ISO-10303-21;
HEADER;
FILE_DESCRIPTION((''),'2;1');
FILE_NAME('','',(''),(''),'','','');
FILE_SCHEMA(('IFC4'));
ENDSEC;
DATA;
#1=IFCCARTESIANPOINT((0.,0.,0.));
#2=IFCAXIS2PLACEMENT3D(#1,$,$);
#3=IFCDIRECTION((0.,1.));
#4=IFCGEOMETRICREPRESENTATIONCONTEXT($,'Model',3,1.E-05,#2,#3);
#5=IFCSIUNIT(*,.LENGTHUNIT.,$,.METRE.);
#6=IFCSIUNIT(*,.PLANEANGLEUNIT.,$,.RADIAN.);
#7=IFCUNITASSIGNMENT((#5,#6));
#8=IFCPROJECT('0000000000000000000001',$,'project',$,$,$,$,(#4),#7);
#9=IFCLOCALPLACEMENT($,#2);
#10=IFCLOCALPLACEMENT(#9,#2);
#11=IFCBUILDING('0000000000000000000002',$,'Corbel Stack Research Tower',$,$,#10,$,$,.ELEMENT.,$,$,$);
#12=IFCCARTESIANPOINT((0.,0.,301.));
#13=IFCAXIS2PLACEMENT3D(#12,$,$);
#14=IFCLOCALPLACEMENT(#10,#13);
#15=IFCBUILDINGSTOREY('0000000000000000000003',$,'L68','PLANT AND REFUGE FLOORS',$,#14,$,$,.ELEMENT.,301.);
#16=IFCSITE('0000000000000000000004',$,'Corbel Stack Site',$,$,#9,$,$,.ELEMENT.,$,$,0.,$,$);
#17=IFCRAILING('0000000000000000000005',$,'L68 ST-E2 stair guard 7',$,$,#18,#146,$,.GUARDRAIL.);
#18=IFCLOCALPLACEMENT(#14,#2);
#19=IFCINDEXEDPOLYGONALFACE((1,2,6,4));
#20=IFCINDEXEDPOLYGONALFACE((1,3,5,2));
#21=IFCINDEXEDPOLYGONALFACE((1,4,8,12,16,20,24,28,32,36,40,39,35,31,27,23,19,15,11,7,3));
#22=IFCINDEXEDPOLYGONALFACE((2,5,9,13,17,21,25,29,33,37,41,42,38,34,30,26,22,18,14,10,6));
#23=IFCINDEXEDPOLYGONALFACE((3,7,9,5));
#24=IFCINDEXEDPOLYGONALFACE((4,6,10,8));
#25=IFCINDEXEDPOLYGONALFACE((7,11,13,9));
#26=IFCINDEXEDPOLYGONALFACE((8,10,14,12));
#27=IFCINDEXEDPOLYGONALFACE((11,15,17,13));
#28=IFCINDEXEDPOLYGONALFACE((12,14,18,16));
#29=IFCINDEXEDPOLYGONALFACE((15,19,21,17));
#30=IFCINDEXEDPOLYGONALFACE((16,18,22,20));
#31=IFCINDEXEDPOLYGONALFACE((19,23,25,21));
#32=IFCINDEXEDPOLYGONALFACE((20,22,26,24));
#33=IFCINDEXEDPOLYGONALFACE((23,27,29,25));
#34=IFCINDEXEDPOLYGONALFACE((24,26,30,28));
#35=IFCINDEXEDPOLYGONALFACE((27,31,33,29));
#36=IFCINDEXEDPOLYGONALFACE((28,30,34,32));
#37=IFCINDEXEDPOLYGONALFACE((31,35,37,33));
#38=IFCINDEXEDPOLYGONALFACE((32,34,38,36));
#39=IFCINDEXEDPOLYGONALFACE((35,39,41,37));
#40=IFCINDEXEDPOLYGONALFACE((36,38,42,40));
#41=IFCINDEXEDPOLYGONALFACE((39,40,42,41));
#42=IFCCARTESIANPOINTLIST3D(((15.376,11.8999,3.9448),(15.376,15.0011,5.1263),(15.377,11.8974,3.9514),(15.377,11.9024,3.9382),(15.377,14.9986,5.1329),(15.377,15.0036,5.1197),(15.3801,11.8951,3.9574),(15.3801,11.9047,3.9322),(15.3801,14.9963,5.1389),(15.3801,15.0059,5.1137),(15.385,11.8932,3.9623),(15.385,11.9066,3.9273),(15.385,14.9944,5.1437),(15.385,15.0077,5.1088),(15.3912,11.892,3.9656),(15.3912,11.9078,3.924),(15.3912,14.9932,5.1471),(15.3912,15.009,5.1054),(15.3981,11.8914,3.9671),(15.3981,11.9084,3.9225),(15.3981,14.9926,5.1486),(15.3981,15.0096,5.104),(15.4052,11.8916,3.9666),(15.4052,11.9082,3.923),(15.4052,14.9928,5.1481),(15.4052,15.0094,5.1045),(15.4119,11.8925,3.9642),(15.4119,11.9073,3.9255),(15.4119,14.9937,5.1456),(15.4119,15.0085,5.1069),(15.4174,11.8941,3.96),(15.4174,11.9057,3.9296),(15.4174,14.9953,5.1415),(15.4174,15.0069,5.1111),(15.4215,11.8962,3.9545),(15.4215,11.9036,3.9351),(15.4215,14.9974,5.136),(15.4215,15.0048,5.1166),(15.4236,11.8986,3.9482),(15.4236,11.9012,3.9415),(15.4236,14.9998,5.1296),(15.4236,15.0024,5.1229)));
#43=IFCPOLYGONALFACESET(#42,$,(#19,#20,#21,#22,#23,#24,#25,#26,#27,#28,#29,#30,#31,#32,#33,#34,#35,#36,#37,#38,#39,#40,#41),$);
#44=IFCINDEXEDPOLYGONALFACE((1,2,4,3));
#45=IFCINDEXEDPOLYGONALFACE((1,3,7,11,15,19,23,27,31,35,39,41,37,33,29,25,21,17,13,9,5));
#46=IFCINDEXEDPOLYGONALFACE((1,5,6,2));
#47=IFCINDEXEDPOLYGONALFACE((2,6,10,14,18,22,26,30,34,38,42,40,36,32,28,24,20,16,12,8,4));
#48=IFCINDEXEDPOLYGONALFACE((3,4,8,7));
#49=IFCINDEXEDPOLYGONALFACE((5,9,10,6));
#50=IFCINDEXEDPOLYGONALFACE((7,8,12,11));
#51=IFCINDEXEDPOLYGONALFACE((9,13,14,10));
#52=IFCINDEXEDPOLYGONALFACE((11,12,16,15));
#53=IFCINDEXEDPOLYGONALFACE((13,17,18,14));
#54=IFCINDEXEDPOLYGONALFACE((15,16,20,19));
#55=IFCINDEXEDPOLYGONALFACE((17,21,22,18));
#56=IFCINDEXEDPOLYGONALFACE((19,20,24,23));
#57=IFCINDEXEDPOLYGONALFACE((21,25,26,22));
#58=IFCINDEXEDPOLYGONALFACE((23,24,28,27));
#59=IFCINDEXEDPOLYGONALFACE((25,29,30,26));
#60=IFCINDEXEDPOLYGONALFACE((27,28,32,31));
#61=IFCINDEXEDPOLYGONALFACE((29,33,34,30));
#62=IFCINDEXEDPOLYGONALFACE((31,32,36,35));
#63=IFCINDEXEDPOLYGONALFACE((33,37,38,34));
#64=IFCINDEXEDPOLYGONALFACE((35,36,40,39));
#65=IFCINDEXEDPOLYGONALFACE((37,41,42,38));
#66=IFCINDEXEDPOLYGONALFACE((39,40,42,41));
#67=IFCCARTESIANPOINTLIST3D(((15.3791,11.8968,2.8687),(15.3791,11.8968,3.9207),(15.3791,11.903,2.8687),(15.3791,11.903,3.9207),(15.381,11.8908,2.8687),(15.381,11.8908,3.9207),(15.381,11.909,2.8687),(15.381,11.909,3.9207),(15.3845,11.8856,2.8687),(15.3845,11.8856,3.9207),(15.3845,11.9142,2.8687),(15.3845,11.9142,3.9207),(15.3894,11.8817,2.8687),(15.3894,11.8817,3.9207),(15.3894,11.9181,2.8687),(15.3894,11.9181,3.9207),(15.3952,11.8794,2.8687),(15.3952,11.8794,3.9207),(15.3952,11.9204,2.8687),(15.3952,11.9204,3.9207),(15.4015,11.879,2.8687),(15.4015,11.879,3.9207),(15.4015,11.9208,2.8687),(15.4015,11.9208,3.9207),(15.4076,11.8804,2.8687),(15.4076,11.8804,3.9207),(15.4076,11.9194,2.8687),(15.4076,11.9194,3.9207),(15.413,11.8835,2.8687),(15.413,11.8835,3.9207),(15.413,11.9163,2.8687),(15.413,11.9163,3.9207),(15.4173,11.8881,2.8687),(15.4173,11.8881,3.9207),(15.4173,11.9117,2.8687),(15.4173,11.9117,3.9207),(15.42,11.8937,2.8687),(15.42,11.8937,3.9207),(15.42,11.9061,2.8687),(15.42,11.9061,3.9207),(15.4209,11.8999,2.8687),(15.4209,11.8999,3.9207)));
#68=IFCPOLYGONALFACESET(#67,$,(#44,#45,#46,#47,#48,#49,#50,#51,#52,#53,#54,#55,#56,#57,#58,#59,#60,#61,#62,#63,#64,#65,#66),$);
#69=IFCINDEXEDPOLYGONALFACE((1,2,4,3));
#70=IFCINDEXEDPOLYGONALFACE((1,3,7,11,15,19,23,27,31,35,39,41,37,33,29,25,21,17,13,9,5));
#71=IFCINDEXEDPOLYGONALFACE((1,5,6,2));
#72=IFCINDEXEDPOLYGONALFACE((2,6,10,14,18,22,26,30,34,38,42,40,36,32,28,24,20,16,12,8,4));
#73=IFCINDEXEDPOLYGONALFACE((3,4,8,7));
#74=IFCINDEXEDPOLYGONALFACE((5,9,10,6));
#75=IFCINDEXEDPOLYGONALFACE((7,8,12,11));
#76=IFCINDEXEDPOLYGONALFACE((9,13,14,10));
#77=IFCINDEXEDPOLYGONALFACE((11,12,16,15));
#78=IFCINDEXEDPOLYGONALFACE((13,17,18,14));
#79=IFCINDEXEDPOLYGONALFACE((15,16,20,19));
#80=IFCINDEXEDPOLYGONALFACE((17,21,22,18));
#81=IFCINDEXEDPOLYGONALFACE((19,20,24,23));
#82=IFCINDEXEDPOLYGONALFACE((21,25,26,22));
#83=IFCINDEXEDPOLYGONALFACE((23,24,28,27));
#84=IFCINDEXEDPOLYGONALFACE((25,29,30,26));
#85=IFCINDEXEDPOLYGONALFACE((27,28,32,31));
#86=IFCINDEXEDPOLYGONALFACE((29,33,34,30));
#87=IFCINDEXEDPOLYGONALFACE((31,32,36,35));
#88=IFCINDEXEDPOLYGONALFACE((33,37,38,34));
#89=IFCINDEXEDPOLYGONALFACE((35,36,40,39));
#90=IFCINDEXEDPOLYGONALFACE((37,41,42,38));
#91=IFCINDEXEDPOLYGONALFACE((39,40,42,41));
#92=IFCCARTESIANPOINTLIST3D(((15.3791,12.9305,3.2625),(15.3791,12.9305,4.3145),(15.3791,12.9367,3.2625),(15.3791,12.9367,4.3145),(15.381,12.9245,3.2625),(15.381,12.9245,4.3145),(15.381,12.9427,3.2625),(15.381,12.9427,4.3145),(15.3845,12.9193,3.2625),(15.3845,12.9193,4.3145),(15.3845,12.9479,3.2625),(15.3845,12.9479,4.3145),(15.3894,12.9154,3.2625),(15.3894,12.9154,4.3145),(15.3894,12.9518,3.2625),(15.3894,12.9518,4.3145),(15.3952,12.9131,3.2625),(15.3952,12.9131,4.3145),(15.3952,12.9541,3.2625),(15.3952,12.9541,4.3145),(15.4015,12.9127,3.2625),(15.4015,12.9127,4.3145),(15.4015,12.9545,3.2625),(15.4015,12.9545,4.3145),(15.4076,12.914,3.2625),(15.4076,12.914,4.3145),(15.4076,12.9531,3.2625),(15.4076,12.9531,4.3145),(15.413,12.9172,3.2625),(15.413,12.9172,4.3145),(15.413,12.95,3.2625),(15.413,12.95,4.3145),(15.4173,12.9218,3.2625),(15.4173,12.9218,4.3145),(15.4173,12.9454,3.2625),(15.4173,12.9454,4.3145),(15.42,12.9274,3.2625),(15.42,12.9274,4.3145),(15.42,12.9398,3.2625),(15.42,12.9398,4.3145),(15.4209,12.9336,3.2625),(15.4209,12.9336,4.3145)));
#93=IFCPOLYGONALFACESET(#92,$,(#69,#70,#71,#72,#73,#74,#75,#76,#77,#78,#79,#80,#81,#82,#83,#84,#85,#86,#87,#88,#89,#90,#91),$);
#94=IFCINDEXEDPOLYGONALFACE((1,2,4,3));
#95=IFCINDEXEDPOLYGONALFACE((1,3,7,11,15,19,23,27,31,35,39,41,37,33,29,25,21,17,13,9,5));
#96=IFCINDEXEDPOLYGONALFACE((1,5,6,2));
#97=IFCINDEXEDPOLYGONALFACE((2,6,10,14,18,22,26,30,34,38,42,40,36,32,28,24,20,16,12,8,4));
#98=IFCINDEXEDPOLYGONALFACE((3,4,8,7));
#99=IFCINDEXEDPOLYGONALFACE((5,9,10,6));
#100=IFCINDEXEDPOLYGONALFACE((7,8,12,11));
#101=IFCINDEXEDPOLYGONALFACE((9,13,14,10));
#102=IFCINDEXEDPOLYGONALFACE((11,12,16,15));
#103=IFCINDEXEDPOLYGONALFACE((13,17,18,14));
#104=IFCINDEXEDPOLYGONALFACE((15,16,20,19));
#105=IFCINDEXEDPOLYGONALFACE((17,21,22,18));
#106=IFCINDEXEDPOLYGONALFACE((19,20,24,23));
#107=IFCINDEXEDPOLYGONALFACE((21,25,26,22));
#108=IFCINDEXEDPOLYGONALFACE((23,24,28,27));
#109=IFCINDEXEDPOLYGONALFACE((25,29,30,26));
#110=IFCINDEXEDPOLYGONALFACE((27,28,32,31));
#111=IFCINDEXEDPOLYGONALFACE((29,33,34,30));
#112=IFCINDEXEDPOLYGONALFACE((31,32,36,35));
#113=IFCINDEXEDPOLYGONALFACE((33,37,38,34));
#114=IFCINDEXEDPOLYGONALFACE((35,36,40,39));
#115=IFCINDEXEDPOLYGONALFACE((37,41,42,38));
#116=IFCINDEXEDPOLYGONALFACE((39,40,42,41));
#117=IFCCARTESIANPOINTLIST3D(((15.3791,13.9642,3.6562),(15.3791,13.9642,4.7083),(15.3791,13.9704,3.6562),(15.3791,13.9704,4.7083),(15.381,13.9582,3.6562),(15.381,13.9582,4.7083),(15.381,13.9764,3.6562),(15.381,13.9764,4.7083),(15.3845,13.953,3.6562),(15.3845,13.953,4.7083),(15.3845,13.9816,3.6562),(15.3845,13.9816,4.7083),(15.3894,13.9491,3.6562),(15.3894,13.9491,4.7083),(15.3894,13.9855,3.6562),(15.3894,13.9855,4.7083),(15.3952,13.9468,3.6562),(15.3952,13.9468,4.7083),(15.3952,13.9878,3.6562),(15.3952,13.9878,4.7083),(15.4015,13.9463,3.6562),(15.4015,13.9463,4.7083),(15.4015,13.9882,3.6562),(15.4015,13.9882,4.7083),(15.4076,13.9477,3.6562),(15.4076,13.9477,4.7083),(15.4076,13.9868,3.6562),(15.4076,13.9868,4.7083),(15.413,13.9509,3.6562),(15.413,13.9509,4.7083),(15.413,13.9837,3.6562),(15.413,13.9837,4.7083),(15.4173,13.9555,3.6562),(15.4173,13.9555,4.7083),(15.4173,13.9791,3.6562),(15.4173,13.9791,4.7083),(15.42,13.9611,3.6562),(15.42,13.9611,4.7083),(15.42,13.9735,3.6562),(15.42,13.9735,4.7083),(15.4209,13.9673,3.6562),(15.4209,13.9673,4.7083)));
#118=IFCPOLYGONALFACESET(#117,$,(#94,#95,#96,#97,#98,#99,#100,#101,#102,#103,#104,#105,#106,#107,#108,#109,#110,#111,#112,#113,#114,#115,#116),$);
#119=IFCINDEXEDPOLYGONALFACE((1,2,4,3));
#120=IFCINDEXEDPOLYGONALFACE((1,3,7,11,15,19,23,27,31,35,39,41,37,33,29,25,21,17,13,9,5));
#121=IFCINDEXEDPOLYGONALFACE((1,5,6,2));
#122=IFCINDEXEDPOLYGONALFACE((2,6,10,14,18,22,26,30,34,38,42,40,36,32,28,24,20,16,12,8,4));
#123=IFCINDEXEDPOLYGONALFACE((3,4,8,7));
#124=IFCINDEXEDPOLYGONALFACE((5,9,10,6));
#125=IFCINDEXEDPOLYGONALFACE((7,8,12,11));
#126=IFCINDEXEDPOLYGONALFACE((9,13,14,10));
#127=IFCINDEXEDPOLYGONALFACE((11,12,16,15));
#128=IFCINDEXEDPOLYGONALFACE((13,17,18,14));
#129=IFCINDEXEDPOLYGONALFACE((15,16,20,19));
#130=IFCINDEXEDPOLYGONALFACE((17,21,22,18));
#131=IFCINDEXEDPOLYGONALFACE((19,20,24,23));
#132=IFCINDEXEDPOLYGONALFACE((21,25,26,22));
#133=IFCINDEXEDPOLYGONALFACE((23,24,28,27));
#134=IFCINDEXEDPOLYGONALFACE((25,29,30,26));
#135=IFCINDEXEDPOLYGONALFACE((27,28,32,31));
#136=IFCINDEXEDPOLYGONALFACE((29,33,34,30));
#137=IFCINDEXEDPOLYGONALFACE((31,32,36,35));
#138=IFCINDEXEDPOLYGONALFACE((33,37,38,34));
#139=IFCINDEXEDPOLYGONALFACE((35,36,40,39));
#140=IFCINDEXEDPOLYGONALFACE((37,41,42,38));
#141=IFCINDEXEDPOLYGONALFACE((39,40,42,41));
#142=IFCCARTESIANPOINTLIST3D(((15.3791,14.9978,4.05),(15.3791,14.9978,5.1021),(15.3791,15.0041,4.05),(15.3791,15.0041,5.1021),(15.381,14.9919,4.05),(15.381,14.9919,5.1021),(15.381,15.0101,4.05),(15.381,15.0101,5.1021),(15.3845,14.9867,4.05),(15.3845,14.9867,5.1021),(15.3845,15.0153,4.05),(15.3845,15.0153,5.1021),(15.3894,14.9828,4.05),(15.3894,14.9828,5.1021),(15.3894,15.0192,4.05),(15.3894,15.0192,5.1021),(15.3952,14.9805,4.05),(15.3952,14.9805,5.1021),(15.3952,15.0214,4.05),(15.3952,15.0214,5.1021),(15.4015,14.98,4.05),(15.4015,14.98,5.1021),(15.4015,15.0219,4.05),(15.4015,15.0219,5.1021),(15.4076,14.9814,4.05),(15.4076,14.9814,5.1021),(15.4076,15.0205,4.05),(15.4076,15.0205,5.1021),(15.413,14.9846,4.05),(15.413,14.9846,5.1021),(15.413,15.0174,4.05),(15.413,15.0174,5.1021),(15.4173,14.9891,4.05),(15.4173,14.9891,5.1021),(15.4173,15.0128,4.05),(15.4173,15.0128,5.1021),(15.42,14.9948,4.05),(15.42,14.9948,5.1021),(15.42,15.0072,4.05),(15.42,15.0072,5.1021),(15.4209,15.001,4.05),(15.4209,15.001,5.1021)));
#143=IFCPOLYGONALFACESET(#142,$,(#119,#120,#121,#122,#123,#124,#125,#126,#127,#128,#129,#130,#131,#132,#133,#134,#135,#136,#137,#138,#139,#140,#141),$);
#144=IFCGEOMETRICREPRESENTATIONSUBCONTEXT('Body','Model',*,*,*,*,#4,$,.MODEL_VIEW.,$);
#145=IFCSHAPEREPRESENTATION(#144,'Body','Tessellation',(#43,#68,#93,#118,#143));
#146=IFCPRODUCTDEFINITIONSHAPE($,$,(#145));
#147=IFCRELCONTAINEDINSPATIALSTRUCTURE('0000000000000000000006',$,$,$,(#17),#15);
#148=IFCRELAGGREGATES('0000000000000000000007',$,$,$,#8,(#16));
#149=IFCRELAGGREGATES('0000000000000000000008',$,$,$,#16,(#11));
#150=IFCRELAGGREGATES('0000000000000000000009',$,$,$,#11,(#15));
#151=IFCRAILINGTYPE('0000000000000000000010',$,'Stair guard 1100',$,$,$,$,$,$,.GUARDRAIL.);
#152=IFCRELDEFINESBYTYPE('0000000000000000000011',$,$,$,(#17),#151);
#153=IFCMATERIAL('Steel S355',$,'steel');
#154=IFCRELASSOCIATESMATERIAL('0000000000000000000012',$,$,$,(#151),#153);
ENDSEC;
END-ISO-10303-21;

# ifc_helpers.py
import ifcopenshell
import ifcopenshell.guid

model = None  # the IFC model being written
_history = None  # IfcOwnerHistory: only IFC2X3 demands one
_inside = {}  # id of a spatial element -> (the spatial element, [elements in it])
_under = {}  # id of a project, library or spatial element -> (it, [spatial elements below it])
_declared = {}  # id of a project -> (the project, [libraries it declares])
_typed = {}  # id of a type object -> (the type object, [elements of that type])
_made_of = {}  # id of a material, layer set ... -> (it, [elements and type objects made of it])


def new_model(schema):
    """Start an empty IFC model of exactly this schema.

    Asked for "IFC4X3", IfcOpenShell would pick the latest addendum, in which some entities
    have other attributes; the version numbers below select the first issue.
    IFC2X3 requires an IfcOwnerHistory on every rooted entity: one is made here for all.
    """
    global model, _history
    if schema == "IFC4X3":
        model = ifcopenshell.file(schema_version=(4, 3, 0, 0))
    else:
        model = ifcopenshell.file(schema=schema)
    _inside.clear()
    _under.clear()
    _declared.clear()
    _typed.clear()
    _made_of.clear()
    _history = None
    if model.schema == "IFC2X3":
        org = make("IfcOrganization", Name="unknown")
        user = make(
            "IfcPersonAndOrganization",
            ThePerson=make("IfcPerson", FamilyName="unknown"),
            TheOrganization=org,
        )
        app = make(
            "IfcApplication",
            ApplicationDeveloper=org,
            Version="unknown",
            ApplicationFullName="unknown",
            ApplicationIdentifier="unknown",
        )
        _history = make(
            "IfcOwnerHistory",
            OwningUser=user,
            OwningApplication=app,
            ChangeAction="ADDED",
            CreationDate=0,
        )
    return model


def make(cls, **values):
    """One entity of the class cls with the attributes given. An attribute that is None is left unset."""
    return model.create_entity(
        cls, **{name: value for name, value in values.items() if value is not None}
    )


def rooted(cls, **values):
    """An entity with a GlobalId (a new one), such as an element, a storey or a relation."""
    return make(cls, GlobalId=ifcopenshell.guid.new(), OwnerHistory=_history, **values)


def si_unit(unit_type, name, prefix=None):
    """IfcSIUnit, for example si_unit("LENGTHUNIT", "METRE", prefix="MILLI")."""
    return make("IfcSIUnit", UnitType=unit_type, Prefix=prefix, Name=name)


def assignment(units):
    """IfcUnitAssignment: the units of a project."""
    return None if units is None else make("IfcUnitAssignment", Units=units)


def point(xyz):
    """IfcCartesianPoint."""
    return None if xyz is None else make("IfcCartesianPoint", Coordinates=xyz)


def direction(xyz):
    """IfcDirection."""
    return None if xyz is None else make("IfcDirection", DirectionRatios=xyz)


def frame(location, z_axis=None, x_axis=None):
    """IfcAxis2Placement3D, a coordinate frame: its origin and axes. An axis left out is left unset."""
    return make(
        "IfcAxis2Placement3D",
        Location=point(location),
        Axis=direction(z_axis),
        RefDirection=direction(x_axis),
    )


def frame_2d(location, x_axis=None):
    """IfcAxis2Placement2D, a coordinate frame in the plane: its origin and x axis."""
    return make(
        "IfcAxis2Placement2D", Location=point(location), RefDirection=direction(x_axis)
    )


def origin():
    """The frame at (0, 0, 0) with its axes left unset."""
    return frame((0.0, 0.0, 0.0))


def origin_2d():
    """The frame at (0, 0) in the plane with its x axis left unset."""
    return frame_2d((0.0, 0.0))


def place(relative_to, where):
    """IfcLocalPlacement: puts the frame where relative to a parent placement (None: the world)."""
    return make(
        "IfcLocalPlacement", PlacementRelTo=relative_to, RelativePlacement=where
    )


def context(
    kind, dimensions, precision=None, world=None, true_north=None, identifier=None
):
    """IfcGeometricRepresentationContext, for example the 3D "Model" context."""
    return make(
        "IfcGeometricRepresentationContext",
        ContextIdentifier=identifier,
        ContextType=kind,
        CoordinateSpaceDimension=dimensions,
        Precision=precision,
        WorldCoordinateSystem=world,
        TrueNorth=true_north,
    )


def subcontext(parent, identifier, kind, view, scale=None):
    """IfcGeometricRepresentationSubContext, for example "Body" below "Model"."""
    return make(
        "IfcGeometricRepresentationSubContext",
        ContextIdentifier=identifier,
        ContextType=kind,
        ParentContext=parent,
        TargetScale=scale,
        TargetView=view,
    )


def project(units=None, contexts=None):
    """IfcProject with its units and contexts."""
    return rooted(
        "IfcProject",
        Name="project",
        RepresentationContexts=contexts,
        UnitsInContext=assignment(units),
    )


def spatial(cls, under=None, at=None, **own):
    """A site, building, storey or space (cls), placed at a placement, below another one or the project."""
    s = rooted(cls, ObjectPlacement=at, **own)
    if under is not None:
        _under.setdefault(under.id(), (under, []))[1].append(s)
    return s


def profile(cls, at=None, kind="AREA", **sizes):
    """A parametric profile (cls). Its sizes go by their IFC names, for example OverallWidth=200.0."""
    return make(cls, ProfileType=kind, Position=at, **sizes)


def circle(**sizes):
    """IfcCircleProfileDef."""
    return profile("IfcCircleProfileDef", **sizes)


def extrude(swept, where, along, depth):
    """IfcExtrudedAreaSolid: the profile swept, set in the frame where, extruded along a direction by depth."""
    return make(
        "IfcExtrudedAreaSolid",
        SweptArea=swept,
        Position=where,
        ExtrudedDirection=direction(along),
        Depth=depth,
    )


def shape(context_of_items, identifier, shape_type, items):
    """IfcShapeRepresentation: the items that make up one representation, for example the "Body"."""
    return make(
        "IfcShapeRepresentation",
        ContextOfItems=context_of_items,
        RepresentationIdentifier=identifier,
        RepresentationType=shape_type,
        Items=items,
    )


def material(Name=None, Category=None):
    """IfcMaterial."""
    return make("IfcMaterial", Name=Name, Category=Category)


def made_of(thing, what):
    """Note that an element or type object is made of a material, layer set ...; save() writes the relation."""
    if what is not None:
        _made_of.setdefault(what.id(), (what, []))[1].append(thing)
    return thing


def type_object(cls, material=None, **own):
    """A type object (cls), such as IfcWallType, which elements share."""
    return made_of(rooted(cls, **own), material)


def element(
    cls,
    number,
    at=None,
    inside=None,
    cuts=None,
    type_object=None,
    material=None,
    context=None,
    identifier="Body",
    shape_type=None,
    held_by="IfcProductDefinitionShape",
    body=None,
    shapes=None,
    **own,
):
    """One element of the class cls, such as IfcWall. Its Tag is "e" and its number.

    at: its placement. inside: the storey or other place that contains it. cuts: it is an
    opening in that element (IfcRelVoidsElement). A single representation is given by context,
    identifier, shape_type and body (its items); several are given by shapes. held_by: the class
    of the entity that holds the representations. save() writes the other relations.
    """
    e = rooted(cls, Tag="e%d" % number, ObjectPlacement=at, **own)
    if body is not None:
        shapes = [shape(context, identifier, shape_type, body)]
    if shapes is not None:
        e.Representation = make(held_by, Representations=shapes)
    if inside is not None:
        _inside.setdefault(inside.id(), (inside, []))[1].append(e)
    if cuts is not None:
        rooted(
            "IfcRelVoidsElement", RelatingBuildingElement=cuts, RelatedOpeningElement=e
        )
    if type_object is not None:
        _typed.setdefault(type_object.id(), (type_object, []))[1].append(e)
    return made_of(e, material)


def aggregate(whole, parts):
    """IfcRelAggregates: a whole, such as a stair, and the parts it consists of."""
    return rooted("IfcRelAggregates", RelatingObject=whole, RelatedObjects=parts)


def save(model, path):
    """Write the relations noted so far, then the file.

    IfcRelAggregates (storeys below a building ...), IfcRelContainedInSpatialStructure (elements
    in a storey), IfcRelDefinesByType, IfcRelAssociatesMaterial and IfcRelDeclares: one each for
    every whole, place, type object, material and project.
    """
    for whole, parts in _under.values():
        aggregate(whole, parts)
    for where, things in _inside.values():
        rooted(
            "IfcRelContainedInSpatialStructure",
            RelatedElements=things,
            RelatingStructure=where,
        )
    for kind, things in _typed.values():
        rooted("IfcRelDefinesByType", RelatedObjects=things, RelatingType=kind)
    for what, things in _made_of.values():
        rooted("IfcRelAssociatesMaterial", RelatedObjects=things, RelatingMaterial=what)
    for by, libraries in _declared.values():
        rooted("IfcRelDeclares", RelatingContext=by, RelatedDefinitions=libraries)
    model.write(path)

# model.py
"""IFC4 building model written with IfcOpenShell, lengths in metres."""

from ifc_helpers import new_model, si_unit, direction, frame, origin, origin_2d, place, context, subcontext, project, spatial, circle, extrude, material, type_object, element, save


model = new_model("IFC4")

# Units and contexts
model_context = context("Model", 3, precision=1e-05, world=origin(), true_north=direction((0.0, 1.0)))
body_context = subcontext(model_context, "Body", "Model", "MODEL_VIEW")
ifc_project = project(units=[si_unit("LENGTHUNIT", "METRE"), si_unit("PLANEANGLEUNIT", "RADIAN")], contexts=[model_context])

# Site, building, storey
site_placement = place(None, origin())
site = spatial("IfcSite", under=ifc_project, at=site_placement, Name="Corbel Stack Site", CompositionType="ELEMENT", RefElevation=0.0)
building_placement = place(site_placement, origin())
building = spatial("IfcBuilding", under=site, at=building_placement, Name="Corbel Stack Research Tower", CompositionType="ELEMENT")
storey_placement = place(building_placement, frame((0.0, 0.0, 301.0)))
storey = spatial("IfcBuildingStorey", under=building, at=storey_placement, Name="L68", Description="PLANT AND REFUGE FLOORS", CompositionType="ELEMENT", Elevation=301.0)

# Railing
ifc_material_1 = material(Name="Steel S355", Category="steel")
railing_type_1 = type_object("IfcRailingType", Name="Stair guard 1100", PredefinedType="GUARDRAIL", material=ifc_material_1)
railing_1_placement = place(storey_placement, frame((15.3999, 11.8999, 2.8687)))
element("IfcRailing", 1, at=railing_1_placement, inside=storey, type_object=railing_type_1, Name="L68 ST-E2 stair guard 7", PredefinedType="GUARDRAIL", context=body_context, shape_type="SweptSolid", body=[
    extrude(circle(Radius=0.0239, at=origin_2d()), frame((0.0, 0.0, 1.0762), z_axis=(0.0, 0.934484, 0.356005), x_axis=(-1.0, 0.0, 0.0)), (0.0, 0.0, 1.0), 3.3186),
    extrude(circle(Radius=0.021, at=origin_2d()), origin(), (0.0, 0.0, 1.0), 1.052),
    extrude(circle(Radius=0.021, at=origin_2d()), frame((0.0, 1.0337, 0.3938)), (0.0, 0.0, 1.0), 1.052),
    extrude(circle(Radius=0.021, at=origin_2d()), frame((0.0, 2.0674, 0.7876)), (0.0, 0.0, 1.0), 1.052),
    extrude(circle(Radius=0.021, at=origin_2d()), frame((0.0, 3.1011, 1.1814)), (0.0, 0.0, 1.0), 1.052),
])

save(model, "model.ifc")
